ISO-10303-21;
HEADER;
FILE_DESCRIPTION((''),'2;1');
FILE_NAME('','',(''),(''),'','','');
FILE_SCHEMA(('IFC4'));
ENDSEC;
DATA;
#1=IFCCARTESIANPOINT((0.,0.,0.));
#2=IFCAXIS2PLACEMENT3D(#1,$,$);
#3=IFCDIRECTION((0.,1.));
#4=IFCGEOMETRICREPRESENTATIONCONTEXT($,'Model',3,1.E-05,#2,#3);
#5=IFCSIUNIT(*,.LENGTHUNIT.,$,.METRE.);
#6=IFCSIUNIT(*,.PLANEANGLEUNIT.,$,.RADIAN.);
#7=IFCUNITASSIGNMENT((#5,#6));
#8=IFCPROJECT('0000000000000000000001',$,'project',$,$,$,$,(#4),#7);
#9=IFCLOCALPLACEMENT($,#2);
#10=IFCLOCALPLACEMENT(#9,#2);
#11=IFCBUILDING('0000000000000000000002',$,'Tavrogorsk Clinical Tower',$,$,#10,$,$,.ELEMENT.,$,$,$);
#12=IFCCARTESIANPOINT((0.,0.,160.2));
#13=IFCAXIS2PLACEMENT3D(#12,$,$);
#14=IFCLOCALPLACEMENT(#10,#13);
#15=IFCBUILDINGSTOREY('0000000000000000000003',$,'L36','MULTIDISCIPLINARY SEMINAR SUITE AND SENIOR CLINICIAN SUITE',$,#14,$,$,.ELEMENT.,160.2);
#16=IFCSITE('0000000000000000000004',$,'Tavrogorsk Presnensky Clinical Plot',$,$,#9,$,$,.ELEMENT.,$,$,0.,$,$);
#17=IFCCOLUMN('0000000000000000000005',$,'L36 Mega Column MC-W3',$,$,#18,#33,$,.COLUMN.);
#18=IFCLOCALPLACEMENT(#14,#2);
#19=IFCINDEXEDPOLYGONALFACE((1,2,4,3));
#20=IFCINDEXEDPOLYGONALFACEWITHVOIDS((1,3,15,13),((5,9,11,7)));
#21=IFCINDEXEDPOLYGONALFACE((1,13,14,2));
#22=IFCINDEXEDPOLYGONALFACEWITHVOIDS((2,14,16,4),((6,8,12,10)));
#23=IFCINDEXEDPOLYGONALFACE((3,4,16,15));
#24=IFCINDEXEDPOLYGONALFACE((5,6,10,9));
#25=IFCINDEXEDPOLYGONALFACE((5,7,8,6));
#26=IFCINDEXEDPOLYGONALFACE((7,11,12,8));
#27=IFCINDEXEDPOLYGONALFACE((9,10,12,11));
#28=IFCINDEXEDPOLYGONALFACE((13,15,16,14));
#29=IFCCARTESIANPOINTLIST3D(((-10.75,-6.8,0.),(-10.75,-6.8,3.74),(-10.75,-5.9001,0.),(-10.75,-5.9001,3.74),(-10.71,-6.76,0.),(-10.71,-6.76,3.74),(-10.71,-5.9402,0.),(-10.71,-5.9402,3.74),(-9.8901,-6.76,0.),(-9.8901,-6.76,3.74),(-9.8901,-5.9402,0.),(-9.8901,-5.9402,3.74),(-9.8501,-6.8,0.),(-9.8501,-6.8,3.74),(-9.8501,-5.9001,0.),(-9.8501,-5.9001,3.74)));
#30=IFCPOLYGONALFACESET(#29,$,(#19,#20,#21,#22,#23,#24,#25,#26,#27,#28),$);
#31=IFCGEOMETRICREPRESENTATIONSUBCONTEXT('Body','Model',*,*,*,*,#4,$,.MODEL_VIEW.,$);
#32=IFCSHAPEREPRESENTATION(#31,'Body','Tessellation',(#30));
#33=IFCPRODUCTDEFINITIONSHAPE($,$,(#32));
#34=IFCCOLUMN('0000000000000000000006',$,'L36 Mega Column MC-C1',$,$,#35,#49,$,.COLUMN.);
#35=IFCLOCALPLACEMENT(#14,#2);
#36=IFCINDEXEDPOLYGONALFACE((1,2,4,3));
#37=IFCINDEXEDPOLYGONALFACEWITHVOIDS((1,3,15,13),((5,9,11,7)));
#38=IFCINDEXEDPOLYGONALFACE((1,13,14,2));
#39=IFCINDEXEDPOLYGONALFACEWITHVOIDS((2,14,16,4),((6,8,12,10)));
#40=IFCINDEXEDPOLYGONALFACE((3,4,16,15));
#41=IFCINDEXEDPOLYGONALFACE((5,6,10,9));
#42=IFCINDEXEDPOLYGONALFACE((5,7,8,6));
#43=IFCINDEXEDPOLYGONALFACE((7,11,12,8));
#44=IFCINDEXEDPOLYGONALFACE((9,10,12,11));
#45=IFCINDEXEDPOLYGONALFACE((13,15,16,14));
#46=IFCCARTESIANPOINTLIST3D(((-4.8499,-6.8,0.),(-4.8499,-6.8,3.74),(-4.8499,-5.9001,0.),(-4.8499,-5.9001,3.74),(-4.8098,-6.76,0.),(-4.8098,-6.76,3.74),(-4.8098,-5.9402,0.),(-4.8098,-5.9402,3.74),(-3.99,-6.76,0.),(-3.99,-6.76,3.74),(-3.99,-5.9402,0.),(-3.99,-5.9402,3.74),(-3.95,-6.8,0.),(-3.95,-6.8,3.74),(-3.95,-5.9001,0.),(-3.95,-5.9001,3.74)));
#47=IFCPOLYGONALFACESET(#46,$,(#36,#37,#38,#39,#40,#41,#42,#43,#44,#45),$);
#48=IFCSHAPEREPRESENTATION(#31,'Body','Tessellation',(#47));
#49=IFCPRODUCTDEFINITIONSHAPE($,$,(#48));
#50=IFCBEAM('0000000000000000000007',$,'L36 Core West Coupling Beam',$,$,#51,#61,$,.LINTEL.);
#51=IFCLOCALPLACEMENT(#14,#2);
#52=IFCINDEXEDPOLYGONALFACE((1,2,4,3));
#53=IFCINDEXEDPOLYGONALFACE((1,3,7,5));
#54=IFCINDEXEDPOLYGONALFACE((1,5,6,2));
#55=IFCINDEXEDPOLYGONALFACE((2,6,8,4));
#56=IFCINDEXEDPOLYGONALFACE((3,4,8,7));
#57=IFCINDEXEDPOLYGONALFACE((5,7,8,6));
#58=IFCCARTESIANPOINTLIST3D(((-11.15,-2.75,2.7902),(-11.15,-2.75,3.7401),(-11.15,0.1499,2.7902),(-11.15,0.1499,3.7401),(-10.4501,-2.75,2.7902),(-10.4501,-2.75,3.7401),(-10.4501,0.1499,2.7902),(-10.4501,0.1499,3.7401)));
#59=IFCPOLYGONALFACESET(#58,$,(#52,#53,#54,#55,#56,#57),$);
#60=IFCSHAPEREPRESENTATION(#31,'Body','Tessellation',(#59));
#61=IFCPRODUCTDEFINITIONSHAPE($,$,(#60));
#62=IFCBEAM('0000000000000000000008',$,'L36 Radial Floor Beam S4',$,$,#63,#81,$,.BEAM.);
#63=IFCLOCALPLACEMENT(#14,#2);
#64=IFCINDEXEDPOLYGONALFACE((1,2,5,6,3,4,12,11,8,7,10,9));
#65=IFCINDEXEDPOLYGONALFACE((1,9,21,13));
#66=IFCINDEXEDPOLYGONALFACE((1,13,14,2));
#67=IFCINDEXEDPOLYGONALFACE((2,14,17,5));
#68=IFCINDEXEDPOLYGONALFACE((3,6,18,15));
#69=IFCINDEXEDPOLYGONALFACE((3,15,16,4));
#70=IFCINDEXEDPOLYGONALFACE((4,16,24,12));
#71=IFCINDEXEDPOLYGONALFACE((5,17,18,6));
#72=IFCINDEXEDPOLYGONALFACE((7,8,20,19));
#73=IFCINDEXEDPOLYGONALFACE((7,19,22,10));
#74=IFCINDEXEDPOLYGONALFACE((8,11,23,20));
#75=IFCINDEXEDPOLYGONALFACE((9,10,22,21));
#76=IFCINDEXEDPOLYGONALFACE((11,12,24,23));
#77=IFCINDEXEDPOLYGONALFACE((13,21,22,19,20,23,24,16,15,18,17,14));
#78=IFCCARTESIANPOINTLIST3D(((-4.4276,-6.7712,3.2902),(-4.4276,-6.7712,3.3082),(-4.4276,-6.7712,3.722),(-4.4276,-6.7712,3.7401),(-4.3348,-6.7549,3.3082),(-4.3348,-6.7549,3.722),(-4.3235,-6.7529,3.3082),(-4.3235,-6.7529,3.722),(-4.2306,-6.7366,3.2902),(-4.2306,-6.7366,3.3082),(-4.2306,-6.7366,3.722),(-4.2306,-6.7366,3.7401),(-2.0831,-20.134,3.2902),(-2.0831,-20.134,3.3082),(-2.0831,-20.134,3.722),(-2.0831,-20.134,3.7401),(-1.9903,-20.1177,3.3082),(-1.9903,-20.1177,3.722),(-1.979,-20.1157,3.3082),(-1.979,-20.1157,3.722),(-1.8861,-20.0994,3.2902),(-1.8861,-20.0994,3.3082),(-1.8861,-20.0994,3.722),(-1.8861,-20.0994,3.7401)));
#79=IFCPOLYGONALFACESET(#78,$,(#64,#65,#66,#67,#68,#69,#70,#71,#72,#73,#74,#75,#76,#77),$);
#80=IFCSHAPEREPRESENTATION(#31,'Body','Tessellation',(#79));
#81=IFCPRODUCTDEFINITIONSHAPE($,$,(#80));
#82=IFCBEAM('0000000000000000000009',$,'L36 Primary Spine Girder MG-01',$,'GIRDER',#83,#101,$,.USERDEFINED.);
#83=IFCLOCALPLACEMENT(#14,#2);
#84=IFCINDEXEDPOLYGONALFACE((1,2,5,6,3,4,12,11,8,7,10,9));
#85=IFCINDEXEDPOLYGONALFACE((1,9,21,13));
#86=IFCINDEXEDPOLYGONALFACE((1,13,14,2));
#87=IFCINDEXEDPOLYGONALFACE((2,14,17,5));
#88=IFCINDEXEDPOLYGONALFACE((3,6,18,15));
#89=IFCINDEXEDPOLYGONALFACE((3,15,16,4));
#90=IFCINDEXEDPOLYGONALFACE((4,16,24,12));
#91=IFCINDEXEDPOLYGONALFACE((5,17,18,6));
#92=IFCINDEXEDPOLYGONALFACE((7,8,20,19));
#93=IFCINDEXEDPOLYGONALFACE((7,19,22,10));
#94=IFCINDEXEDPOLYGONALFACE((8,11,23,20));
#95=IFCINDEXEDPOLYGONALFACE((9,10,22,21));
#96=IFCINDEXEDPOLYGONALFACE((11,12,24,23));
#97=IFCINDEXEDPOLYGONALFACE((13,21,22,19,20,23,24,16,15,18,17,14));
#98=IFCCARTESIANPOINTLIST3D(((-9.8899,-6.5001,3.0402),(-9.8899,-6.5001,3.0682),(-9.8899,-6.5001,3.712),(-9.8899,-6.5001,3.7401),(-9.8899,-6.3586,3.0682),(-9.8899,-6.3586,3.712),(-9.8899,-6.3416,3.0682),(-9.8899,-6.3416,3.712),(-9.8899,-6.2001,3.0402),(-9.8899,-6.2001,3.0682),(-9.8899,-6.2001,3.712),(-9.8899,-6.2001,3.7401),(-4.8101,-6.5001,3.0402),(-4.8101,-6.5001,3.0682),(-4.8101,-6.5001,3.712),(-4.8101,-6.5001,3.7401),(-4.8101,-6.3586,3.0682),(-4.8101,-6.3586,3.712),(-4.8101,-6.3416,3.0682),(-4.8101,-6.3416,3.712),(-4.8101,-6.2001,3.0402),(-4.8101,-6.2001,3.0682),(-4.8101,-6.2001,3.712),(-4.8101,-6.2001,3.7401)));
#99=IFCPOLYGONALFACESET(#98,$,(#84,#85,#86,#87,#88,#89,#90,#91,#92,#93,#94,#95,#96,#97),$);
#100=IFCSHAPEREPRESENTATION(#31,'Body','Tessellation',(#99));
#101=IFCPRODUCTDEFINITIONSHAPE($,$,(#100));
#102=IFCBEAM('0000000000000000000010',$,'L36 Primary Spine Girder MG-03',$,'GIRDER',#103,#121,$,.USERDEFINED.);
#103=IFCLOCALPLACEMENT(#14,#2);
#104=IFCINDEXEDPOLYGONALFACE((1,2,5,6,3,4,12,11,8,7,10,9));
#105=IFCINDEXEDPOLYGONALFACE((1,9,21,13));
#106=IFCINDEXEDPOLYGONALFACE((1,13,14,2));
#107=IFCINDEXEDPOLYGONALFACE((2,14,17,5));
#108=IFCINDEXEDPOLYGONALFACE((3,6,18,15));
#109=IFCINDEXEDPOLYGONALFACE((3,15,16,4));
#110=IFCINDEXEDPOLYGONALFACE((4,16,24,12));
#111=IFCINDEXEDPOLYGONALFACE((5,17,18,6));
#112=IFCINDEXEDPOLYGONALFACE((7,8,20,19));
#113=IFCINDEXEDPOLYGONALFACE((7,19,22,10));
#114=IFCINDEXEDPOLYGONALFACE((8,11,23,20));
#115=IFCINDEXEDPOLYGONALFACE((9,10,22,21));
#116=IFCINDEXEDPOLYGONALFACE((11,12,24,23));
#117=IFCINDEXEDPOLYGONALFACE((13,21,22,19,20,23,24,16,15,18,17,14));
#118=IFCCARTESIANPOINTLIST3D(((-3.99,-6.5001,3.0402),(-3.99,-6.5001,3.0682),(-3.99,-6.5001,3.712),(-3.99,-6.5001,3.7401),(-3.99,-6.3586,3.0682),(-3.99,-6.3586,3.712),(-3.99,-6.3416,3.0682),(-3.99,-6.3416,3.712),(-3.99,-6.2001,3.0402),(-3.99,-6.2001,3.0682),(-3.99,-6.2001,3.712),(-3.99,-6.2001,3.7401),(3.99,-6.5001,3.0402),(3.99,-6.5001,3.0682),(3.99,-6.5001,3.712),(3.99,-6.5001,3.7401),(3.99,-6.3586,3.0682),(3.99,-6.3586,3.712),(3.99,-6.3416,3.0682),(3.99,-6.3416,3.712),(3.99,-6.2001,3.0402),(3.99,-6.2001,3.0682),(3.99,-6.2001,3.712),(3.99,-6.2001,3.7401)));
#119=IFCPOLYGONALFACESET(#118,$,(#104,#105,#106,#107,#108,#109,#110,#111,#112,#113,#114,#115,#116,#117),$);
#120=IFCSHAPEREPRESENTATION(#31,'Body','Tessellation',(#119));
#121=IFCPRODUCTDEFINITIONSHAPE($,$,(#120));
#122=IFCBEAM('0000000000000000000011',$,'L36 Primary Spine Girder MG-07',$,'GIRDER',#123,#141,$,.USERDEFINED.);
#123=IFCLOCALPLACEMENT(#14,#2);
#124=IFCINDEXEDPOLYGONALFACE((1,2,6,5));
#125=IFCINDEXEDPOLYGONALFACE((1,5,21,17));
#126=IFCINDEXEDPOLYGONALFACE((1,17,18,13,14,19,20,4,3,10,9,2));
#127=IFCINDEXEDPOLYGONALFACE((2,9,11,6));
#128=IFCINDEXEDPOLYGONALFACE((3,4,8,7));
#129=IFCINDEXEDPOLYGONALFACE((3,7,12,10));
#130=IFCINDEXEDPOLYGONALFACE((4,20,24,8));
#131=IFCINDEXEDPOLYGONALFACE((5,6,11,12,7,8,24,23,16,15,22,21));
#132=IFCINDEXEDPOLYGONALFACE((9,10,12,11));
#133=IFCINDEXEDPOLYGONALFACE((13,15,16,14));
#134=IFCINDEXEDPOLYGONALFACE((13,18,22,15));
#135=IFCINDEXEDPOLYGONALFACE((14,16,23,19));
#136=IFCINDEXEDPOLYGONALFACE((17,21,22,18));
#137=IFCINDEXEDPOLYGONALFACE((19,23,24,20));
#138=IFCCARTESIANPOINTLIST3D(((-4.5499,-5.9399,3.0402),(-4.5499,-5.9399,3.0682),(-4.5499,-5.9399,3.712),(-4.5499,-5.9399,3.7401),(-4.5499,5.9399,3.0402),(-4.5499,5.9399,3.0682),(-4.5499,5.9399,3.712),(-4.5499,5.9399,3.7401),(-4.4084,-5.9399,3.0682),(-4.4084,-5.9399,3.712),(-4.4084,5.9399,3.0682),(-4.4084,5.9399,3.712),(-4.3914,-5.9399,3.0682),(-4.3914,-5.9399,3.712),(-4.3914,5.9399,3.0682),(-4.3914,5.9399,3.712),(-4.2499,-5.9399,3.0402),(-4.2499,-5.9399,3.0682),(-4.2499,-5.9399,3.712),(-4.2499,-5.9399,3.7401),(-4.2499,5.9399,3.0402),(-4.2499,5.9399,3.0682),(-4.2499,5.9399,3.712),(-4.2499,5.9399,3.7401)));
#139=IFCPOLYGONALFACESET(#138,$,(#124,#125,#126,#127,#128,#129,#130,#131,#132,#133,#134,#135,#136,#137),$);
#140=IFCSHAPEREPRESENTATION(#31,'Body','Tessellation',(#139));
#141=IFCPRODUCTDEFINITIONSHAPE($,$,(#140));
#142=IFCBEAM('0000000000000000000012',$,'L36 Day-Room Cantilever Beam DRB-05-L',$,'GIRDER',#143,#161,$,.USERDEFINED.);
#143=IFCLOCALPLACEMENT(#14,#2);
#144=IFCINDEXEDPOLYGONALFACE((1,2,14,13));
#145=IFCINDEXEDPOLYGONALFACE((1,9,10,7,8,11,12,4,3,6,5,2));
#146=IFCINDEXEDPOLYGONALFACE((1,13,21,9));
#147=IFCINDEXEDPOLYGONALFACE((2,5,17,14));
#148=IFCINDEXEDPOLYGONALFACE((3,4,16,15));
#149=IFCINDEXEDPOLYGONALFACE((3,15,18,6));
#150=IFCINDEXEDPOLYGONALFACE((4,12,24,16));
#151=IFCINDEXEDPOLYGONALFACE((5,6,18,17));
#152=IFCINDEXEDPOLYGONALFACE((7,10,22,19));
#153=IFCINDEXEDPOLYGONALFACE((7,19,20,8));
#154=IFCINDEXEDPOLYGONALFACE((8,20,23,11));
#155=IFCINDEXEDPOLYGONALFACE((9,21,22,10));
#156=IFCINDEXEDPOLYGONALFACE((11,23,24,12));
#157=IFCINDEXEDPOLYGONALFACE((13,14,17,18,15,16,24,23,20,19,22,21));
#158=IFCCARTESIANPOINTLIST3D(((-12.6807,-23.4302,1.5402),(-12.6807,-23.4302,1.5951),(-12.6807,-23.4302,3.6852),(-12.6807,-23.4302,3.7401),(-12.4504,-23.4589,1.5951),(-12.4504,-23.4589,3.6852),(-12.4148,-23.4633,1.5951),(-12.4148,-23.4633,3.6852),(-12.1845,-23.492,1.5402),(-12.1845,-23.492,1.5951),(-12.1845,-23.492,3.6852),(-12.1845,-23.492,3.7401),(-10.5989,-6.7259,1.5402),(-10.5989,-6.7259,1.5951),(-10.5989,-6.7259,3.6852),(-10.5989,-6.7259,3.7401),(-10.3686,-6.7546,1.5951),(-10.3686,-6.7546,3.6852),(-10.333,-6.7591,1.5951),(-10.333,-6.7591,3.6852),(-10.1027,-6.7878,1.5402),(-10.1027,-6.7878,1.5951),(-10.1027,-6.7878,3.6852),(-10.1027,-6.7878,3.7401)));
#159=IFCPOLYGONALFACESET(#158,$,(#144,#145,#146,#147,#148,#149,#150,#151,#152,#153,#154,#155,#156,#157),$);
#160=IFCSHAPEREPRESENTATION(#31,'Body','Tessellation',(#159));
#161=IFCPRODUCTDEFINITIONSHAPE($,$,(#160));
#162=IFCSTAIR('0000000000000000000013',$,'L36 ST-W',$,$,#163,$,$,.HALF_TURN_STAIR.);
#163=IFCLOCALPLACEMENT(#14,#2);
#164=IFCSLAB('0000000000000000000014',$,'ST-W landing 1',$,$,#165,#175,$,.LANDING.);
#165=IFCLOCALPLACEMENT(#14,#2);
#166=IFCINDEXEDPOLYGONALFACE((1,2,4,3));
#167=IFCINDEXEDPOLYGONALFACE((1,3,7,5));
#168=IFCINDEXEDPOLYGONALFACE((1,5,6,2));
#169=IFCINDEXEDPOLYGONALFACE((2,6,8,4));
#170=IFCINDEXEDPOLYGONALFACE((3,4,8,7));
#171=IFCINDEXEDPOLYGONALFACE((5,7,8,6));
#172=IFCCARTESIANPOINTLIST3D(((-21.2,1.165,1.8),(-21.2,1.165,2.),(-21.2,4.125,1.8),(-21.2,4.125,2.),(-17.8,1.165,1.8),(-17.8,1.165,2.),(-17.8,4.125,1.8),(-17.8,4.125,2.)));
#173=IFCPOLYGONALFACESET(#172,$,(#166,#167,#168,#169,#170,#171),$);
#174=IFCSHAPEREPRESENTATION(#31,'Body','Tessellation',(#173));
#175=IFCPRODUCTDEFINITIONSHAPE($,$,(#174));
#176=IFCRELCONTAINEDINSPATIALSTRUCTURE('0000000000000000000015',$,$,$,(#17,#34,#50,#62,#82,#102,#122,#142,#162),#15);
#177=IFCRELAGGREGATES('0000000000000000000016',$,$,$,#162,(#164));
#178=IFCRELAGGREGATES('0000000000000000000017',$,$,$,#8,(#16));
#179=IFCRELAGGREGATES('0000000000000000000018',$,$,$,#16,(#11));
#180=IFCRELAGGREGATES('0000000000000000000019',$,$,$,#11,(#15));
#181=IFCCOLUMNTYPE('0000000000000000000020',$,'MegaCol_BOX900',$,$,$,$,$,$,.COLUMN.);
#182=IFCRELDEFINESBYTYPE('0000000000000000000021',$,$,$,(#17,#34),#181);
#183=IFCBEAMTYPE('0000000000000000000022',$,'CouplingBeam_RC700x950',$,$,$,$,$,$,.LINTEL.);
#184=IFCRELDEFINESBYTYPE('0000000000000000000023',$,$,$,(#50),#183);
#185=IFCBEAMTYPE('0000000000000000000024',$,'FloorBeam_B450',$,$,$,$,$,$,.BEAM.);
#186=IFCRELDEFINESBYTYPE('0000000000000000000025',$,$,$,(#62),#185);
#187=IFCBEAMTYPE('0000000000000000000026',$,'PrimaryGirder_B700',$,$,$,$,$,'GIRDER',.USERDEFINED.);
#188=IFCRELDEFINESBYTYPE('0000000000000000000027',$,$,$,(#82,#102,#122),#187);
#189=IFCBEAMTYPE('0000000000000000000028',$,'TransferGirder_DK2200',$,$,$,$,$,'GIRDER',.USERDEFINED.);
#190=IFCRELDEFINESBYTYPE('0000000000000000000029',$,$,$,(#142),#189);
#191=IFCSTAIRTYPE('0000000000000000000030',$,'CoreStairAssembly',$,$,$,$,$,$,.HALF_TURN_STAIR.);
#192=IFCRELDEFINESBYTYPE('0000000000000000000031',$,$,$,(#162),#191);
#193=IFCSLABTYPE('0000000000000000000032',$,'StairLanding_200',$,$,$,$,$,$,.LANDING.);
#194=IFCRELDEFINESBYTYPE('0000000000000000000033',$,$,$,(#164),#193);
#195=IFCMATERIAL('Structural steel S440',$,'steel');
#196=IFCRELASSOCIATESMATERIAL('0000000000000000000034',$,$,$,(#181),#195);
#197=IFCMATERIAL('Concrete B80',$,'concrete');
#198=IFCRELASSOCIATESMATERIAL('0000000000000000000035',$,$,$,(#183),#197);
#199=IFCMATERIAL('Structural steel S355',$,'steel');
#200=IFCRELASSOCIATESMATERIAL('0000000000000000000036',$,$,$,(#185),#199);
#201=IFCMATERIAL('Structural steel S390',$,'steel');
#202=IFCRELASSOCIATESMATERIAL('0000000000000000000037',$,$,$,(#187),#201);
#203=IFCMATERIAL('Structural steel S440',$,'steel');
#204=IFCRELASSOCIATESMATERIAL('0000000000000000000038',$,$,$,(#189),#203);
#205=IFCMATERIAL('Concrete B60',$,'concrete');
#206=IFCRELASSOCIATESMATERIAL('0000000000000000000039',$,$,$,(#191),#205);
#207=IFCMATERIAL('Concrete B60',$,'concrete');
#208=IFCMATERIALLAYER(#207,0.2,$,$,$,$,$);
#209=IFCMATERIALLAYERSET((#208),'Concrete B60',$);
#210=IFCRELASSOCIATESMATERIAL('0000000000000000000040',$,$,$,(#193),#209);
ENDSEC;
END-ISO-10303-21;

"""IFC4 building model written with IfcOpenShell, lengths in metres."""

from ifc_helpers import new_model, si_unit, direction, frame, origin, origin_2d, place, context, subcontext, project, spatial, polyline, rectangle, hollow_rectangle, i_section, outline, extrude, material, layer, layer_set, material_profile, profile_set, type_object, element, aggregate, save


model = new_model("IFC4")

# Units and contexts
model_context = context("Model", 3, precision=1e-05, world=origin(), true_north=direction((0.0, 1.0)))
body_context = subcontext(model_context, "Body", "Model", "MODEL_VIEW")
ifc_project = project(units=[si_unit("LENGTHUNIT", "METRE"), si_unit("PLANEANGLEUNIT", "RADIAN")], contexts=[model_context])

# Site, building, storey
site_placement = place(None, origin())
site = spatial("IfcSite", under=ifc_project, at=site_placement, Name="Tavrogorsk Presnensky Clinical Plot", CompositionType="ELEMENT", RefElevation=0.0)
building_placement = place(site_placement, origin())
building = spatial("IfcBuilding", under=site, at=building_placement, Name="Tavrogorsk Clinical Tower", CompositionType="ELEMENT")
storey_placement = place(building_placement, frame((0.0, 0.0, 160.2)))
storey = spatial("IfcBuildingStorey", under=building, at=storey_placement, Name="L36", Description="MULTIDISCIPLINARY SEMINAR SUITE AND SENIOR CLINICIAN SUITE", CompositionType="ELEMENT", Elevation=160.2)

# Columns
ifc_material_1 = material(Name="Structural steel S440", Category="steel")
ifc_material_profile_1 = material_profile(ifc_material_1, hollow_rectangle(XDim=0.8999, YDim=0.8999, WallThickness=0.04, at=origin_2d()), Name="BOX-900x900x40")
ifc_profile_set_1 = profile_set([ifc_material_profile_1], Name="Structural steel S440")
column_type = type_object("IfcColumnType", Name="MegaCol_BOX900", PredefinedType="COLUMN", material=ifc_profile_set_1)
for number, where, z_axis, x_axis, name in (
    (1, (-10.3, -6.3501, 0.0), (0.0, 0.0, 1.0), (1.0, 0.0, 0.0), "L36 Mega Column MC-W3"),
    (2, (-4.3999, -6.3501, 0.0), (0.0, 0.0, 1.0), (1.0, 0.0, 0.0), "L36 Mega Column MC-C1"),
):
    element("IfcColumn", number, at=place(storey_placement, frame(where, z_axis=z_axis, x_axis=x_axis)), inside=storey, type_object=column_type, Name=name, PredefinedType="COLUMN", context=body_context, shape_type="SweptSolid", body=[
        extrude(hollow_rectangle(XDim=0.8999, YDim=0.8999, WallThickness=0.04, at=origin_2d()), origin(), (0.0, 0.0, 1.0), 3.74),
    ])

# Beams
ifc_material_2 = material(Name="Concrete B80", Category="concrete")
ifc_material_profile_2 = material_profile(ifc_material_2, rectangle(XDim=0.7, YDim=0.95, at=origin_2d()), Name="RC-CB-700x950")
ifc_profile_set_2 = profile_set([ifc_material_profile_2], Name="Concrete B80")
beam_type_1 = type_object("IfcBeamType", Name="CouplingBeam_RC700x950", PredefinedType="LINTEL", material=ifc_profile_set_2)
beam_1_placement = place(storey_placement, frame((-10.8, -2.75, 3.2651), z_axis=(0.0, 1.0, 0.0), x_axis=(-1.0, 0.0, 0.0)))
element("IfcBeam", 3, at=beam_1_placement, inside=storey, type_object=beam_type_1, Name="L36 Core West Coupling Beam", PredefinedType="LINTEL", context=body_context, shape_type="SweptSolid", body=[
    extrude(rectangle(XDim=0.7, YDim=0.95, at=origin_2d()), origin(), (0.0, 0.0, 1.0), 2.8999),
])
ifc_material_3 = material(Name="Structural steel S355", Category="steel")
ifc_material_profile_3 = material_profile(ifc_material_3, i_section(OverallWidth=0.2, OverallDepth=0.45, WebThickness=0.0115, FlangeThickness=0.0181, at=origin_2d()), Name="B-450x200x11.5x18")
ifc_profile_set_3 = profile_set([ifc_material_profile_3], Name="Structural steel S355")
beam_type_2 = type_object("IfcBeamType", Name="FloorBeam_B450", PredefinedType="BEAM", material=ifc_profile_set_3)
beam_2_placement = place(storey_placement, frame((-4.3291, -6.7539, 3.5151), z_axis=(0.172809, -0.984955, 0.0), x_axis=(0.984955, 0.172809, 0.0)))
element("IfcBeam", 4, at=beam_2_placement, inside=storey, type_object=beam_type_2, Name="L36 Radial Floor Beam S4", PredefinedType="BEAM", context=body_context, shape_type="SweptSolid", body=[
    extrude(i_section(OverallWidth=0.2, OverallDepth=0.45, WebThickness=0.0115, FlangeThickness=0.0181, at=origin_2d()), origin(), (0.0, 0.0, 1.0), 13.5669),
])
ifc_material_4 = material(Name="Structural steel S390", Category="steel")
ifc_material_profile_4 = material_profile(ifc_material_4, i_section(OverallWidth=0.3, OverallDepth=0.7, WebThickness=0.0171, FlangeThickness=0.0281, at=origin_2d()), Name="B-700x300x17x28")
ifc_profile_set_4 = profile_set([ifc_material_profile_4], Name="Structural steel S390")
beam_type_3 = type_object("IfcBeamType", Name="PrimaryGirder_B700", ElementType="GIRDER", PredefinedType="USERDEFINED", material=ifc_profile_set_4)
beam_3_placement = place(storey_placement, frame((-9.8899, -6.3501, 3.3901), z_axis=(1.0, 0.0, 0.0), x_axis=(0.0, 1.0, 0.0)))
element("IfcBeam", 5, at=beam_3_placement, inside=storey, type_object=beam_type_3, Name="L36 Primary Spine Girder MG-01", ObjectType="GIRDER", PredefinedType="USERDEFINED", context=body_context, shape_type="SweptSolid", body=[
    extrude(i_section(OverallWidth=0.3, OverallDepth=0.7, WebThickness=0.0171, FlangeThickness=0.0281, at=origin_2d()), origin(), (0.0, 0.0, 1.0), 5.0798),
])
beam_4_placement = place(storey_placement, frame((-3.99, -6.3501, 3.3901), z_axis=(1.0, 0.0, 0.0), x_axis=(0.0, 1.0, 0.0)))
element("IfcBeam", 6, at=beam_4_placement, inside=storey, type_object=beam_type_3, Name="L36 Primary Spine Girder MG-03", ObjectType="GIRDER", PredefinedType="USERDEFINED", context=body_context, shape_type="SweptSolid", body=[
    extrude(i_section(OverallWidth=0.3, OverallDepth=0.7, WebThickness=0.0171, FlangeThickness=0.0281, at=origin_2d()), origin(), (0.0, 0.0, 1.0), 7.98),
])
beam_5_placement = place(storey_placement, frame((-4.3999, -5.9399, 3.3901), z_axis=(0.0, 1.0, 0.0), x_axis=(-1.0, 0.0, 0.0)))
element("IfcBeam", 7, at=beam_5_placement, inside=storey, type_object=beam_type_3, Name="L36 Primary Spine Girder MG-07", ObjectType="GIRDER", PredefinedType="USERDEFINED", context=body_context, shape_type="SweptSolid", body=[
    extrude(i_section(OverallWidth=0.3, OverallDepth=0.7, WebThickness=0.0171, FlangeThickness=0.0281, at=origin_2d()), origin(), (0.0, 0.0, 1.0), 11.8799),
])
ifc_material_5 = material(Name="Structural steel S440", Category="steel")
ifc_material_profile_5 = material_profile(ifc_material_5, i_section(OverallWidth=0.5, OverallDepth=2.2, WebThickness=0.0359, FlangeThickness=0.0549, at=origin_2d()), Name="DK-2200x500x36x55")
ifc_profile_set_5 = profile_set([ifc_material_profile_5], Name="Structural steel S440")
beam_type_4 = type_object("IfcBeamType", Name="TransferGirder_DK2200", ElementType="GIRDER", PredefinedType="USERDEFINED", material=ifc_profile_set_5)
beam_6_placement = place(storey_placement, frame((-10.3508, -6.7568, 2.6401), z_axis=(-0.123669, -0.992324, 0.0), x_axis=(0.992324, -0.123669, 0.0)))
element("IfcBeam", 8, at=beam_6_placement, inside=storey, type_object=beam_type_4, Name="L36 Day-Room Cantilever Beam DRB-05-L", ObjectType="GIRDER", PredefinedType="USERDEFINED", context=body_context, shape_type="SweptSolid", body=[
    extrude(i_section(OverallWidth=0.5, OverallDepth=2.2, WebThickness=0.0359, FlangeThickness=0.0549, at=origin_2d()), origin(), (0.0, 0.0, 1.0), 16.8335),
])

# Stair, slab
ifc_material_6 = material(Name="Concrete B60", Category="concrete")
stair_type = type_object("IfcStairType", Name="CoreStairAssembly", PredefinedType="HALF_TURN_STAIR", material=ifc_material_6)
stair_placement = place(storey_placement, origin())
stair = element("IfcStair", 9, at=stair_placement, inside=storey, type_object=stair_type, Name="L36 ST-W", PredefinedType="HALF_TURN_STAIR")
ifc_material_7 = material(Name="Concrete B60", Category="concrete")
ifc_layer_1 = layer(ifc_material_7, 0.2)
ifc_layer_set_1 = layer_set([ifc_layer_1], Name="Concrete B60")
slab_type_1 = type_object("IfcSlabType", Name="StairLanding_200", PredefinedType="LANDING", material=ifc_layer_set_1)
slab_1_placement = place(storey_placement, frame((0.0, 0.0, 1.8)))
slab_1 = element("IfcSlab", 10, at=slab_1_placement, type_object=slab_type_1, Name="ST-W landing 1", PredefinedType="LANDING", context=body_context, shape_type="SweptSolid", body=[
    extrude(outline(polyline([(-17.8, 1.165), (-17.8, 4.125), (-21.2, 4.125), (-21.2, 1.165), (-17.8, 1.165)])), origin(), (0.0, 0.0, 1.0), 0.2),
])
aggregate(stair, [slab_1])

save(model, "model.ifc")
